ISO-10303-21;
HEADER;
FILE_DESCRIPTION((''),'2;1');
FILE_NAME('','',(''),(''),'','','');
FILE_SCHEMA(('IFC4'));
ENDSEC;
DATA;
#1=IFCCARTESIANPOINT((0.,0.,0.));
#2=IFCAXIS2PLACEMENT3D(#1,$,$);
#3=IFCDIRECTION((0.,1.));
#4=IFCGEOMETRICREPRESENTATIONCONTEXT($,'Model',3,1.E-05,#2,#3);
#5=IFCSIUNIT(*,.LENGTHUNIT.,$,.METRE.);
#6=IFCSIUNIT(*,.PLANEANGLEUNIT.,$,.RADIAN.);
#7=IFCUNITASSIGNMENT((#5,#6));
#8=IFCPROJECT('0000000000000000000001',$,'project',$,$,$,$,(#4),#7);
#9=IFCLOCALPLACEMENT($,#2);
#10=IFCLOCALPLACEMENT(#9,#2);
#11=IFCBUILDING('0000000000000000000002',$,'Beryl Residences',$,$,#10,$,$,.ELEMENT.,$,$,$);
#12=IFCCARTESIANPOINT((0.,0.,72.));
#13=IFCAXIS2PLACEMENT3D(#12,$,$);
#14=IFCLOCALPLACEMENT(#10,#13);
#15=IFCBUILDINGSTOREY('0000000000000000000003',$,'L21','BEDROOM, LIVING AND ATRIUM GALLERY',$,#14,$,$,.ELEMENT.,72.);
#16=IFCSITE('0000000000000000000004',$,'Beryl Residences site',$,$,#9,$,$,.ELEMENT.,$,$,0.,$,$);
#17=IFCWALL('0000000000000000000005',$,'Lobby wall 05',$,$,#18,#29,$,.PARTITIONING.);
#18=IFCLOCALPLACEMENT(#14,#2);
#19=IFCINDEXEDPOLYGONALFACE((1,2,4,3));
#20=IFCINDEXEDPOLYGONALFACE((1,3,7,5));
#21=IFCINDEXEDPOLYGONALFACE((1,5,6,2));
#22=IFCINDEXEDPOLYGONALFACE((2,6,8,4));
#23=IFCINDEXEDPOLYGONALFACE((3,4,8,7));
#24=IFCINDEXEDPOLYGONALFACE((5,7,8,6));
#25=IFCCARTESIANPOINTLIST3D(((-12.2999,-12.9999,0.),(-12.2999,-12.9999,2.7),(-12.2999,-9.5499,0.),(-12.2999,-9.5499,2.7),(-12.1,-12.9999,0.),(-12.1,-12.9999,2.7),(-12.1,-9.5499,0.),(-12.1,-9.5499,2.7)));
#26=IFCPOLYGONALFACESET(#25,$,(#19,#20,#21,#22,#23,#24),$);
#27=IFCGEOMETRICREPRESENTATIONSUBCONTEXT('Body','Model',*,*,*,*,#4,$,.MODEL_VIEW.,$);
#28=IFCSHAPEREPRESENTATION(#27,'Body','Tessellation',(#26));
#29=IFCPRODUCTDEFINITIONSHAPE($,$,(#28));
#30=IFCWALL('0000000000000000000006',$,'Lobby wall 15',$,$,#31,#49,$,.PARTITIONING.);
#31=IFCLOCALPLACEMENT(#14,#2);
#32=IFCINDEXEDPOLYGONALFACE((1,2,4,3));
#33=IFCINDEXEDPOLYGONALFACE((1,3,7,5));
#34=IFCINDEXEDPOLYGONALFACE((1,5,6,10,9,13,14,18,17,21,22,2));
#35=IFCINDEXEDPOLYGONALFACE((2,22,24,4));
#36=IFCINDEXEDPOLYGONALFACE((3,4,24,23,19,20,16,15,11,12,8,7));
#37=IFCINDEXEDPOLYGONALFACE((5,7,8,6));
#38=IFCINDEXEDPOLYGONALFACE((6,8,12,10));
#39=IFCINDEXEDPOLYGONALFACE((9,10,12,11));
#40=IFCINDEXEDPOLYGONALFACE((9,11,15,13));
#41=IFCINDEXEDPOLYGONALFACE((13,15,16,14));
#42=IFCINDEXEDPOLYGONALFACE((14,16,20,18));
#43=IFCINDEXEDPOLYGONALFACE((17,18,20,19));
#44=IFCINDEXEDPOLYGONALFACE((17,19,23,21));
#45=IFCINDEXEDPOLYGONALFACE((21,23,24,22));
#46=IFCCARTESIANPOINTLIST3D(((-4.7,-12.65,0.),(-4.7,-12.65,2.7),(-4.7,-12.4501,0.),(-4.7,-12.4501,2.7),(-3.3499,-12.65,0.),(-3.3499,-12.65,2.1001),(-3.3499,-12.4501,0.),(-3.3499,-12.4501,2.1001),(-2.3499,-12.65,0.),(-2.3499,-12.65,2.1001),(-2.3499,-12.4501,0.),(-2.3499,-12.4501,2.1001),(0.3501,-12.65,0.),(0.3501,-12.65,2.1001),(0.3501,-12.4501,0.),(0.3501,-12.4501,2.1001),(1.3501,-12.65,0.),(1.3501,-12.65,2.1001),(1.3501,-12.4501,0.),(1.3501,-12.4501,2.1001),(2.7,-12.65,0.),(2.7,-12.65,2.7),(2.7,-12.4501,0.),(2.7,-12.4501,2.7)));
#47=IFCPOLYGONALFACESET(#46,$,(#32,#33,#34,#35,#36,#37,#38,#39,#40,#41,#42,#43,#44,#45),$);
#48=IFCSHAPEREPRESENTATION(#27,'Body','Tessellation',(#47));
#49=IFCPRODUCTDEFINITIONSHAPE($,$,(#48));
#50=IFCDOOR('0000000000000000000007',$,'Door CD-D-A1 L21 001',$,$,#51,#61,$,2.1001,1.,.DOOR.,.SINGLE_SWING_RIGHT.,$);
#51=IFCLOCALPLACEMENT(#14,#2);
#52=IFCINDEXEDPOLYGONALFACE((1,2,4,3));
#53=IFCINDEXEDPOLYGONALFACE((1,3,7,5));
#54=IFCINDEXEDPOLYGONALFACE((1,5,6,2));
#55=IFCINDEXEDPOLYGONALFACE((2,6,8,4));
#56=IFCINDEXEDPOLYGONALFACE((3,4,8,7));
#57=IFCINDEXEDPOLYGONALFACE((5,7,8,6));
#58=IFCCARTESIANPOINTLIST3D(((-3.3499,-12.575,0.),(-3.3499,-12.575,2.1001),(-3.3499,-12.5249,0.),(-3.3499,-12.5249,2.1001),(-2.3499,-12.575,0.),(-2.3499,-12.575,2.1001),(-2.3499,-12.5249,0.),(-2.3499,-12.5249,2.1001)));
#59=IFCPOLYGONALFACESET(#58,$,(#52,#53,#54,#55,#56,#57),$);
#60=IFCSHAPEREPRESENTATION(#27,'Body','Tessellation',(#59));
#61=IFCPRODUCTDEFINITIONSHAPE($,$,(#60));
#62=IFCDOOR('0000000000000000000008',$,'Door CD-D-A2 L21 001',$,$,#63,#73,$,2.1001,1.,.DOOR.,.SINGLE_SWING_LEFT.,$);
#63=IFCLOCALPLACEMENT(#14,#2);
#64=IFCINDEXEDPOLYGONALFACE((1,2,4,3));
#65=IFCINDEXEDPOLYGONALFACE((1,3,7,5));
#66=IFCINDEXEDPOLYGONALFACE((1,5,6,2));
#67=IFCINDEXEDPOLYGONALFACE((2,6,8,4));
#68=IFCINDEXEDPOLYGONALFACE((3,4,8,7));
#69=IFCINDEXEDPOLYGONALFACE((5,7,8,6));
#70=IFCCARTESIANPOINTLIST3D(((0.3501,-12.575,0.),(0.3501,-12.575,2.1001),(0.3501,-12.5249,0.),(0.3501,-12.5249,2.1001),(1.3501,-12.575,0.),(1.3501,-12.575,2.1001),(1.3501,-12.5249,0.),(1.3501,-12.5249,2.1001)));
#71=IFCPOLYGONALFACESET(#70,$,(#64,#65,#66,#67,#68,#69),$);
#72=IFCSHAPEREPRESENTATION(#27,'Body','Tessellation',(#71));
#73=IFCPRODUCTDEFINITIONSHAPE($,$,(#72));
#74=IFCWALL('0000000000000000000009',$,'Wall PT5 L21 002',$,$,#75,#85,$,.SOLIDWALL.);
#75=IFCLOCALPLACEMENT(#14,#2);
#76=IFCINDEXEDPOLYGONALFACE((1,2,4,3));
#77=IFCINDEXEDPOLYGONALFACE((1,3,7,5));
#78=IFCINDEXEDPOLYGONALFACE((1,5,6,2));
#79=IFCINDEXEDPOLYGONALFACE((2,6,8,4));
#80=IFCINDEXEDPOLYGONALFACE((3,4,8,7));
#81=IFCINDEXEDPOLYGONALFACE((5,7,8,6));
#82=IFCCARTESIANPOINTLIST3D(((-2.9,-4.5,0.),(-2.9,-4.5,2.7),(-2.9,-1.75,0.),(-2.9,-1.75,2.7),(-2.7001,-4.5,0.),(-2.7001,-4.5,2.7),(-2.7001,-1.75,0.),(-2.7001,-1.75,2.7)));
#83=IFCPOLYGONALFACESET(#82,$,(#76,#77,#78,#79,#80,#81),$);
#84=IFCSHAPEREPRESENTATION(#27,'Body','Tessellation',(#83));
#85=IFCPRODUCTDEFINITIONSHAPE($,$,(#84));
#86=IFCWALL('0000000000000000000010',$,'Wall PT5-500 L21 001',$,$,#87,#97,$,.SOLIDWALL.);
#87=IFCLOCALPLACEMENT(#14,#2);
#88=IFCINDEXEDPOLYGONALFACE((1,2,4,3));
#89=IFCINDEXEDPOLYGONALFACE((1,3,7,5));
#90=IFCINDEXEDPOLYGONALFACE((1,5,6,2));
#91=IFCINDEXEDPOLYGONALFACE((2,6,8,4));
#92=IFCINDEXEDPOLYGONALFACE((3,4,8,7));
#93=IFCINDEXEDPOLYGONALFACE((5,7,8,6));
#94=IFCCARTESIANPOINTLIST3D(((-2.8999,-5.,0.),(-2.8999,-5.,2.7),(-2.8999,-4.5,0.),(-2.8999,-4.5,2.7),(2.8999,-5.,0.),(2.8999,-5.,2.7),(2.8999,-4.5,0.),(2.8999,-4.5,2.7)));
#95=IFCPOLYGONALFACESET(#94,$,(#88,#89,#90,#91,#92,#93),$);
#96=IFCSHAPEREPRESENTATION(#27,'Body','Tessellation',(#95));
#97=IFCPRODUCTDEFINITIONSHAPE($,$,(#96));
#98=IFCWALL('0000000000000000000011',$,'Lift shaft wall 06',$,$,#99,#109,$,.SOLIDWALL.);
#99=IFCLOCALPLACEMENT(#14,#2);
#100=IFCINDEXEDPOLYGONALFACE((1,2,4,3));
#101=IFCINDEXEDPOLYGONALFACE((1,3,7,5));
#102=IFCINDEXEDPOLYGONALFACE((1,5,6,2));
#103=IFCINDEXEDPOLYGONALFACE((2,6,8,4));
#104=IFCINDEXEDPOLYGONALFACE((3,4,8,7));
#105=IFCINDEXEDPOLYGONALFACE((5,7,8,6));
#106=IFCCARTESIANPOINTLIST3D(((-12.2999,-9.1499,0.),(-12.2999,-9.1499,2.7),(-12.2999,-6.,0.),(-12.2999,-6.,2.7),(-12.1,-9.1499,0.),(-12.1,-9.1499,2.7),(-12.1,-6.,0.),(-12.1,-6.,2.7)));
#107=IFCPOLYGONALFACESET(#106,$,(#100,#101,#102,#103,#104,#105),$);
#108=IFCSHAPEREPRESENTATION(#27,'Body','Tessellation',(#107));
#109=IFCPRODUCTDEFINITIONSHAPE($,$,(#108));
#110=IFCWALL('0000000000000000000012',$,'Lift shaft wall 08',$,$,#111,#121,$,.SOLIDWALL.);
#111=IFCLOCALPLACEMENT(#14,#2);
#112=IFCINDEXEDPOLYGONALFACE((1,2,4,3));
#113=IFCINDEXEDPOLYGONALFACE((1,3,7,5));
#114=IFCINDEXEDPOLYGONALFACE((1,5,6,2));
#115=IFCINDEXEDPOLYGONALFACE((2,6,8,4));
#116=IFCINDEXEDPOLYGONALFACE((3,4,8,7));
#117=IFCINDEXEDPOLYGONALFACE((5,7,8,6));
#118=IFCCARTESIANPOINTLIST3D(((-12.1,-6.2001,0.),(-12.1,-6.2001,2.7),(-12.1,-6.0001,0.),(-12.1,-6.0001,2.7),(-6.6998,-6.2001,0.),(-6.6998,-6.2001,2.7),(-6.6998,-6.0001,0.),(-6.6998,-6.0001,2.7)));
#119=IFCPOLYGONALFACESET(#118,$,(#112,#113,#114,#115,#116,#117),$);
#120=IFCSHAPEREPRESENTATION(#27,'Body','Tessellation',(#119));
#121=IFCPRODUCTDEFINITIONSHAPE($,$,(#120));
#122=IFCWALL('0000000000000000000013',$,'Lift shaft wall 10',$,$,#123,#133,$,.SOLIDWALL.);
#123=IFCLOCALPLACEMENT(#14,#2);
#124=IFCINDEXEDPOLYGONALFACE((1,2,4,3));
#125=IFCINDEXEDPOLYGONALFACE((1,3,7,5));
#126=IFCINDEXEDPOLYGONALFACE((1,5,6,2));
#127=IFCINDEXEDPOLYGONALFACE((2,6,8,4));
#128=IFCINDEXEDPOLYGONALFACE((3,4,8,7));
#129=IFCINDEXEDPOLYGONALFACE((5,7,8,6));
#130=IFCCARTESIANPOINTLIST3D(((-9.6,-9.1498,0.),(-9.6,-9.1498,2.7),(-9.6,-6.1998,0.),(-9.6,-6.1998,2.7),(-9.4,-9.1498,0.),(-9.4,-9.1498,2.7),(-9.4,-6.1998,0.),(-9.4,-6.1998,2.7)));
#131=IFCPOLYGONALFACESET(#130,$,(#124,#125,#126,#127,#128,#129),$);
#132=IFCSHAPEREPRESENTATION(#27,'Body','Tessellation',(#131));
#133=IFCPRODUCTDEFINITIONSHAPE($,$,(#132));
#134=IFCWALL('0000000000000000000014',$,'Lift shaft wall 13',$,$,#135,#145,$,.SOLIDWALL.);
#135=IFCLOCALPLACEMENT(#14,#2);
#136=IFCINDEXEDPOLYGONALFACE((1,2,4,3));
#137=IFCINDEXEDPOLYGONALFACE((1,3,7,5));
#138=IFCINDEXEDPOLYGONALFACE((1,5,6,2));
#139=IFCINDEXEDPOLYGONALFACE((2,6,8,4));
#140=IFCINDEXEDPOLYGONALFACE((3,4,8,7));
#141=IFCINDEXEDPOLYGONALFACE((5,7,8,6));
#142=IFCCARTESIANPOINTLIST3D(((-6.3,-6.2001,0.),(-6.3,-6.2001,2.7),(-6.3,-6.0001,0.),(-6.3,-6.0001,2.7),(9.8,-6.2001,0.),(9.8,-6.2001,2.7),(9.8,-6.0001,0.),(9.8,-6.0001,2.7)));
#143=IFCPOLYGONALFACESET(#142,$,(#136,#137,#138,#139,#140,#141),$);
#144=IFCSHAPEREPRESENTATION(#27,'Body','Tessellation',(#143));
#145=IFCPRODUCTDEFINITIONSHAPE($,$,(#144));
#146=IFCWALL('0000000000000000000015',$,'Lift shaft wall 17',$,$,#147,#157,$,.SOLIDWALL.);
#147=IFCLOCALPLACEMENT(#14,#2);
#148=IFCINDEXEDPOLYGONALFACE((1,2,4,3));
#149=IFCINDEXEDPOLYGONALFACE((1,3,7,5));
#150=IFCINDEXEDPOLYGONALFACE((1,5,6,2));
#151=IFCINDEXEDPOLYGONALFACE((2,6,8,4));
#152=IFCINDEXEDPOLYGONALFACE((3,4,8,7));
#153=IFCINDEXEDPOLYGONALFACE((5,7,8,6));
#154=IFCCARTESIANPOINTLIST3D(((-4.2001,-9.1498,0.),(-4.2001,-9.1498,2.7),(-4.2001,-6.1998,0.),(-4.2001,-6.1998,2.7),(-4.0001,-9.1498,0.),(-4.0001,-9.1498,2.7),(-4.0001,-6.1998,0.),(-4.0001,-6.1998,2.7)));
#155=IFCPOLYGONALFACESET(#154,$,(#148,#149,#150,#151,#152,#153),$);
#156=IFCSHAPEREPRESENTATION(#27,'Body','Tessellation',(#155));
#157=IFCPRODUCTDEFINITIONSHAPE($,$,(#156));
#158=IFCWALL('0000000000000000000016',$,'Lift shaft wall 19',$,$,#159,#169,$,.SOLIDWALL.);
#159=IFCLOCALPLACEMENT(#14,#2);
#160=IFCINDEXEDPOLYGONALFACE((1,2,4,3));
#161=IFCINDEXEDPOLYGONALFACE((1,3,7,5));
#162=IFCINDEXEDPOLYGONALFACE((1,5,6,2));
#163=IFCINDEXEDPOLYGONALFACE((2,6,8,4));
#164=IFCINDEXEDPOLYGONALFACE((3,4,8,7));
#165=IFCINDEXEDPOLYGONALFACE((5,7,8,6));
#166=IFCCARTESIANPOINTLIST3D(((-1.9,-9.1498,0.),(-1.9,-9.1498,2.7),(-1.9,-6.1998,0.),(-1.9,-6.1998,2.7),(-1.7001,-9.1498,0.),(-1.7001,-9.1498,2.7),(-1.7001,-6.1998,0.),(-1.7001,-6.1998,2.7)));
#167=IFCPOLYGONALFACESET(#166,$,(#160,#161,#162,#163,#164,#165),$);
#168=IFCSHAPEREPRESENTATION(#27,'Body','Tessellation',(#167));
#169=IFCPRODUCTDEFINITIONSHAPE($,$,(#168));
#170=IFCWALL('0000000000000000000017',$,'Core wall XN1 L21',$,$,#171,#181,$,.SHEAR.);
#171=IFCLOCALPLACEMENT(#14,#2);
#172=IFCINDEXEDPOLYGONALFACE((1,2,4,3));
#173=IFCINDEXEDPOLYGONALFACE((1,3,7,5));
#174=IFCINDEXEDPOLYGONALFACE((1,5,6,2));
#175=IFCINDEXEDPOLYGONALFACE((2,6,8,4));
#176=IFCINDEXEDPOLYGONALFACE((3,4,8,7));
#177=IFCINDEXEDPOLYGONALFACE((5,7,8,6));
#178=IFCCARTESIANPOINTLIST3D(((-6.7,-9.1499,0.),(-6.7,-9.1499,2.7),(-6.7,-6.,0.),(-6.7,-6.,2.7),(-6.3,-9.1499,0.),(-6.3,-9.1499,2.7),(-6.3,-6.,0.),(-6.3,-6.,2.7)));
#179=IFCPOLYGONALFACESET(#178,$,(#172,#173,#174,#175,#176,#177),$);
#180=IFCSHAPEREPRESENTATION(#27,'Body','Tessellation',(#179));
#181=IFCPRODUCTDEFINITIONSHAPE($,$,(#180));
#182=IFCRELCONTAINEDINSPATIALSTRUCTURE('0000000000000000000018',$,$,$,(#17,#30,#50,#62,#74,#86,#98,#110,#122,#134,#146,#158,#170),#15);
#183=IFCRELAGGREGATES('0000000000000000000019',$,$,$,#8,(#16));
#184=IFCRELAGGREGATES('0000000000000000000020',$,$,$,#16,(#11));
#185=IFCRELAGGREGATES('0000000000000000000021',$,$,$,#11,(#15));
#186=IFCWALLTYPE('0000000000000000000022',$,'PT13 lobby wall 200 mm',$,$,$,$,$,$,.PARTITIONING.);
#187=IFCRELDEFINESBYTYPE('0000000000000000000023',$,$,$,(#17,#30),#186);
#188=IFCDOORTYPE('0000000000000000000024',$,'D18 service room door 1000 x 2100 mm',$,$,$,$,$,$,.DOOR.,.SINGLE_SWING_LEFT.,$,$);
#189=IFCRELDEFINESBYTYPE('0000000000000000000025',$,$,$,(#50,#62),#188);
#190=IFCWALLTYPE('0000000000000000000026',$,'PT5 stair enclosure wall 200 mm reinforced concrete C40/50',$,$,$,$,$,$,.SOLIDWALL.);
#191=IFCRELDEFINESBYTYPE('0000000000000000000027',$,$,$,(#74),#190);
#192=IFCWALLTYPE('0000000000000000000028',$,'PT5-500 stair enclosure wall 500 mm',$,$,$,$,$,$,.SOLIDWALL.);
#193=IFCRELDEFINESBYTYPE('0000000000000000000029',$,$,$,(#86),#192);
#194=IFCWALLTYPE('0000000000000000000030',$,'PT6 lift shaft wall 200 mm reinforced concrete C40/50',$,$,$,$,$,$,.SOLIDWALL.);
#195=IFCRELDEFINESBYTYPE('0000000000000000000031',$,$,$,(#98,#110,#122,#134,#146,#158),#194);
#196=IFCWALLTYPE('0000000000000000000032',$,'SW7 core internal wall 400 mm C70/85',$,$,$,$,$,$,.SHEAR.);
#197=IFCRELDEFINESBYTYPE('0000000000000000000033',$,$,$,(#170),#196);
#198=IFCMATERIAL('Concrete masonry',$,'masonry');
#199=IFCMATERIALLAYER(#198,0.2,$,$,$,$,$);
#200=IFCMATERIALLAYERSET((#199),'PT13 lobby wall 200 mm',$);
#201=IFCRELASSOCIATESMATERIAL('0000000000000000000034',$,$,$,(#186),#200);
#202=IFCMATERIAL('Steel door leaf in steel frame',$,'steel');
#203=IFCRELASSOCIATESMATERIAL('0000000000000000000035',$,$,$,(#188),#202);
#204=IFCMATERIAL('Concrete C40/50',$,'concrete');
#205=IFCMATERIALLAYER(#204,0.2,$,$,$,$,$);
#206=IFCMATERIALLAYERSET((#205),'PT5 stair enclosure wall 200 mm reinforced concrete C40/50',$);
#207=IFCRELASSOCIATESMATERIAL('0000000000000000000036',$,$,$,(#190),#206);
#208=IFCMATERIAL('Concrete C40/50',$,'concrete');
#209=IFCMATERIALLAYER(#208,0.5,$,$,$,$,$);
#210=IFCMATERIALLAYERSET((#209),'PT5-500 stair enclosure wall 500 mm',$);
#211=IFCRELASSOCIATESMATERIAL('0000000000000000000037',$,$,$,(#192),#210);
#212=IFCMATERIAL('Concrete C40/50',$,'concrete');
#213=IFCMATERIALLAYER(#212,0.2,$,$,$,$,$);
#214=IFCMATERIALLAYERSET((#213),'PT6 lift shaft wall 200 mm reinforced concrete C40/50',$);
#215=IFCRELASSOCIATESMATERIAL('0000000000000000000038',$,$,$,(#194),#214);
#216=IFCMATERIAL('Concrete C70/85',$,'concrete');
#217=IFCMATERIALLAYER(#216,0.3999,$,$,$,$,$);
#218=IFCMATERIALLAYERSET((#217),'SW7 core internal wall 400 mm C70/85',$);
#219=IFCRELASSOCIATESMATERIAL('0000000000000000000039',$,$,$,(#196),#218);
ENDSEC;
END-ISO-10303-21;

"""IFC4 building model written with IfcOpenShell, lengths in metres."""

from ifc_helpers import new_model, si_unit, direction, frame, frame_2d, origin, place, context, subcontext, project, spatial, rectangle, extrude, material, layer, layer_set, type_object, element, fill, save


model = new_model("IFC4")

# Units and contexts
model_context = context("Model", 3, precision=1e-05, world=origin(), true_north=direction((0.0, 1.0)))
body_context = subcontext(model_context, "Body", "Model", "MODEL_VIEW")
ifc_project = project(units=[si_unit("LENGTHUNIT", "METRE"), si_unit("PLANEANGLEUNIT", "RADIAN")], contexts=[model_context])

# Site, building, storey
site_placement = place(None, origin())
site = spatial("IfcSite", under=ifc_project, at=site_placement, Name="Beryl Residences site", CompositionType="ELEMENT", RefElevation=0.0)
building_placement = place(site_placement, origin())
building = spatial("IfcBuilding", under=site, at=building_placement, Name="Beryl Residences", CompositionType="ELEMENT")
storey_placement = place(building_placement, frame((0.0, 0.0, 72.0)))
storey = spatial("IfcBuildingStorey", under=building, at=storey_placement, Name="L21", Description="BEDROOM, LIVING AND ATRIUM GALLERY", CompositionType="ELEMENT", Elevation=72.0)

# Wall
ifc_material_1 = material(Name="Concrete masonry", Category="masonry")
ifc_layer_1 = layer(ifc_material_1, 0.2)
ifc_layer_set_1 = layer_set([ifc_layer_1], Name="PT13 lobby wall 200 mm")
wall_type_1 = type_object("IfcWallType", Name="PT13 lobby wall 200 mm", PredefinedType="PARTITIONING", material=ifc_layer_set_1)
wall_1_placement = place(storey_placement, frame((-12.2, -13.0, 0.0), z_axis=(0.0, 0.0, 1.0), x_axis=(0.0, 1.0, 0.0)))
element("IfcWall", 1, at=wall_1_placement, inside=storey, type_object=wall_type_1, Name="Lobby wall 05", PredefinedType="PARTITIONING", context=body_context, shape_type="SweptSolid", body=[
    extrude(rectangle(XDim=3.45, YDim=0.2, at=frame_2d((1.7251, 0.0))), origin(), (0.0, 0.0, 1.0), 2.7),
])

# Wall, openings, doors
wall_2_placement = place(storey_placement, frame((-4.7, -12.55, 0.0), z_axis=(0.0, 0.0, 1.0), x_axis=(1.0, 0.0, 0.0)))
wall_2 = element("IfcWall", 2, at=wall_2_placement, inside=storey, type_object=wall_type_1, Name="Lobby wall 15", PredefinedType="PARTITIONING", context=body_context, shape_type="SweptSolid", body=[
    extrude(rectangle(XDim=7.3999, YDim=0.2, at=frame_2d((3.7, 0.0))), origin(), (0.0, 0.0, 1.0), 2.7),
])
opening_1_placement = place(wall_2_placement, frame((2.3501, 0.0, 0.0), z_axis=(0.0, 0.0, 1.0), x_axis=(-1.0, 0.0, 0.0)))
opening_1 = element("IfcOpeningElement", 3, at=opening_1_placement, cuts=wall_2, PredefinedType="OPENING", context=body_context, shape_type="SweptSolid", body=[
    extrude(rectangle(XDim=1.0, YDim=2.1001, at=frame_2d((0.5, 1.05))), frame((0.0, 0.1099, 0.0), z_axis=(0.0, -1.0, 0.0), x_axis=(1.0, 0.0, 0.0)), (0.0, 0.0, 1.0), 0.22),
])
opening_2_placement = place(wall_2_placement, frame((6.05, 0.0, 0.0), z_axis=(0.0, 0.0, 1.0), x_axis=(-1.0, 0.0, 0.0)))
opening_2 = element("IfcOpeningElement", 4, at=opening_2_placement, cuts=wall_2, PredefinedType="OPENING", context=body_context, shape_type="SweptSolid", body=[
    extrude(rectangle(XDim=1.0, YDim=2.1001, at=frame_2d((0.5, 1.05))), frame((0.0, 0.1099, 0.0), z_axis=(0.0, -1.0, 0.0), x_axis=(1.0, 0.0, 0.0)), (0.0, 0.0, 1.0), 0.22),
])
ifc_material_2 = material(Name="Steel door leaf in steel frame", Category="steel")
door_type_1 = type_object("IfcDoorType", Name="D18 service room door 1000 x 2100 mm", OperationType="SINGLE_SWING_LEFT", PredefinedType="DOOR", material=ifc_material_2)
door_1_placement = place(opening_1_placement, origin())
door_1 = element("IfcDoor", 5, at=door_1_placement, inside=storey, type_object=door_type_1, Name="Door CD-D-A1 L21 001", OperationType="SINGLE_SWING_RIGHT", OverallHeight=2.1001, OverallWidth=1.0, PredefinedType="DOOR", context=body_context, shape_type="SweptSolid", body=[
    extrude(rectangle(XDim=1.0, YDim=2.1001, at=frame_2d((0.5, 1.05))), frame((0.0, 0.0249, 0.0), z_axis=(0.0, -1.0, 0.0), x_axis=(1.0, 0.0, 0.0)), (0.0, 0.0, 1.0), 0.05),
])
fill(opening_1, door_1)
door_2_placement = place(opening_2_placement, origin())
door_2 = element("IfcDoor", 6, at=door_2_placement, inside=storey, type_object=door_type_1, Name="Door CD-D-A2 L21 001", OperationType="SINGLE_SWING_LEFT", OverallHeight=2.1001, OverallWidth=1.0, PredefinedType="DOOR", context=body_context, shape_type="SweptSolid", body=[
    extrude(rectangle(XDim=1.0, YDim=2.1001, at=frame_2d((0.5, 1.05))), frame((0.0, 0.0249, 0.0), z_axis=(0.0, -1.0, 0.0), x_axis=(1.0, 0.0, 0.0)), (0.0, 0.0, 1.0), 0.05),
])
fill(opening_2, door_2)

# Walls
ifc_material_3 = material(Name="Concrete C40/50", Category="concrete")
ifc_layer_2 = layer(ifc_material_3, 0.2)
ifc_layer_set_2 = layer_set([ifc_layer_2], Name="PT5 stair enclosure wall 200 mm reinforced concrete C40/50")
wall_type_2 = type_object("IfcWallType", Name="PT5 stair enclosure wall 200 mm reinforced concrete C40/50", PredefinedType="SOLIDWALL", material=ifc_layer_set_2)
wall_3_placement = place(storey_placement, frame((-2.8, -4.5, 0.0), z_axis=(0.0, 0.0, 1.0), x_axis=(0.0, 1.0, 0.0)))
element("IfcWall", 7, at=wall_3_placement, inside=storey, type_object=wall_type_2, Name="Wall PT5 L21 002", PredefinedType="SOLIDWALL", context=body_context, shape_type="SweptSolid", body=[
    extrude(rectangle(XDim=2.75, YDim=0.2, at=frame_2d((1.375, 0.0))), origin(), (0.0, 0.0, 1.0), 2.7),
])
ifc_material_4 = material(Name="Concrete C40/50", Category="concrete")
ifc_layer_3 = layer(ifc_material_4, 0.5)
ifc_layer_set_3 = layer_set([ifc_layer_3], Name="PT5-500 stair enclosure wall 500 mm")
wall_type_3 = type_object("IfcWallType", Name="PT5-500 stair enclosure wall 500 mm", PredefinedType="SOLIDWALL", material=ifc_layer_set_3)
wall_4_placement = place(storey_placement, frame((-2.8999, -4.75, 0.0), z_axis=(0.0, 0.0, 1.0), x_axis=(1.0, 0.0, 0.0)))
element("IfcWall", 8, at=wall_4_placement, inside=storey, type_object=wall_type_3, Name="Wall PT5-500 L21 001", PredefinedType="SOLIDWALL", context=body_context, shape_type="SweptSolid", body=[
    extrude(rectangle(XDim=5.7998, YDim=0.5, at=frame_2d((2.8999, 0.0))), origin(), (0.0, 0.0, 1.0), 2.7),
])
ifc_material_5 = material(Name="Concrete C40/50", Category="concrete")
ifc_layer_4 = layer(ifc_material_5, 0.2)
ifc_layer_set_4 = layer_set([ifc_layer_4], Name="PT6 lift shaft wall 200 mm reinforced concrete C40/50")
wall_type_4 = type_object("IfcWallType", Name="PT6 lift shaft wall 200 mm reinforced concrete C40/50", PredefinedType="SOLIDWALL", material=ifc_layer_set_4)
wall_5_placement = place(storey_placement, frame((-12.2, -9.1499, 0.0), z_axis=(0.0, 0.0, 1.0), x_axis=(0.0, 1.0, 0.0)))
element("IfcWall", 9, at=wall_5_placement, inside=storey, type_object=wall_type_4, Name="Lift shaft wall 06", PredefinedType="SOLIDWALL", context=body_context, shape_type="SweptSolid", body=[
    extrude(rectangle(XDim=3.1499, YDim=0.2, at=frame_2d((1.575, 0.0))), origin(), (0.0, 0.0, 1.0), 2.7),
])
wall_6_placement = place(storey_placement, frame((-12.1001, -6.1001, 0.0), z_axis=(0.0, 0.0, 1.0), x_axis=(1.0, 0.0, 0.0)))
element("IfcWall", 10, at=wall_6_placement, inside=storey, type_object=wall_type_4, Name="Lift shaft wall 08", PredefinedType="SOLIDWALL", context=body_context, shape_type="SweptSolid", body=[
    extrude(rectangle(XDim=5.4001, YDim=0.2, at=frame_2d((2.7002, 0.0))), origin(), (0.0, 0.0, 1.0), 2.7),
])
wall_7_placement = place(storey_placement, frame((-9.5, -9.1499, 0.0), z_axis=(0.0, 0.0, 1.0), x_axis=(0.0, 1.0, 0.0)))
element("IfcWall", 11, at=wall_7_placement, inside=storey, type_object=wall_type_4, Name="Lift shaft wall 10", PredefinedType="SOLIDWALL", context=body_context, shape_type="SweptSolid", body=[
    extrude(rectangle(XDim=2.95, YDim=0.2, at=frame_2d((1.4751, 0.0))), origin(), (0.0, 0.0, 1.0), 2.7),
])
wall_8_placement = place(storey_placement, frame((-6.3, -6.1001, 0.0), z_axis=(0.0, 0.0, 1.0), x_axis=(1.0, 0.0, 0.0)))
element("IfcWall", 12, at=wall_8_placement, inside=storey, type_object=wall_type_4, Name="Lift shaft wall 13", PredefinedType="SOLIDWALL", context=body_context, shape_type="SweptSolid", body=[
    extrude(rectangle(XDim=16.1001, YDim=0.2, at=frame_2d((8.05, 0.0))), origin(), (0.0, 0.0, 1.0), 2.7),
])
for number, where, z_axis, x_axis, name in (
    (13, (-4.1001, -9.1499, 0.0), (0.0, 0.0, 1.0), (0.0, 1.0, 0.0), "Lift shaft wall 17"),
    (14, (-1.8, -9.1499, 0.0), (0.0, 0.0, 1.0), (0.0, 1.0, 0.0), "Lift shaft wall 19"),
):
    element("IfcWall", number, at=place(storey_placement, frame(where, z_axis=z_axis, x_axis=x_axis)), inside=storey, type_object=wall_type_4, Name=name, PredefinedType="SOLIDWALL", context=body_context, shape_type="SweptSolid", body=[
        extrude(rectangle(XDim=2.95, YDim=0.2, at=frame_2d((1.4751, 0.0))), origin(), (0.0, 0.0, 1.0), 2.7),
    ])

# Shared definitions
ifc_material_6 = material(Name="Concrete C70/85", Category="concrete")
ifc_layer_5 = layer(ifc_material_6, 0.3999)
ifc_layer_set_5 = layer_set([ifc_layer_5], Name="SW7 core internal wall 400 mm C70/85")
wall_type_5 = type_object("IfcWallType", Name="SW7 core internal wall 400 mm C70/85", PredefinedType="SHEAR", material=ifc_layer_set_5)

# Wall
wall_9_placement = place(storey_placement, frame((-6.5, -9.1499, 0.0), z_axis=(0.0, 0.0, 1.0), x_axis=(0.0, 1.0, 0.0)))
element("IfcWall", 15, at=wall_9_placement, inside=storey, type_object=wall_type_5, Name="Core wall XN1 L21", PredefinedType="SHEAR", context=body_context, shape_type="SweptSolid", body=[
    extrude(rectangle(XDim=3.1499, YDim=0.3999, at=frame_2d((1.575, 0.0))), origin(), (0.0, 0.0, 1.0), 2.7),
])

save(model, "model.ifc")
